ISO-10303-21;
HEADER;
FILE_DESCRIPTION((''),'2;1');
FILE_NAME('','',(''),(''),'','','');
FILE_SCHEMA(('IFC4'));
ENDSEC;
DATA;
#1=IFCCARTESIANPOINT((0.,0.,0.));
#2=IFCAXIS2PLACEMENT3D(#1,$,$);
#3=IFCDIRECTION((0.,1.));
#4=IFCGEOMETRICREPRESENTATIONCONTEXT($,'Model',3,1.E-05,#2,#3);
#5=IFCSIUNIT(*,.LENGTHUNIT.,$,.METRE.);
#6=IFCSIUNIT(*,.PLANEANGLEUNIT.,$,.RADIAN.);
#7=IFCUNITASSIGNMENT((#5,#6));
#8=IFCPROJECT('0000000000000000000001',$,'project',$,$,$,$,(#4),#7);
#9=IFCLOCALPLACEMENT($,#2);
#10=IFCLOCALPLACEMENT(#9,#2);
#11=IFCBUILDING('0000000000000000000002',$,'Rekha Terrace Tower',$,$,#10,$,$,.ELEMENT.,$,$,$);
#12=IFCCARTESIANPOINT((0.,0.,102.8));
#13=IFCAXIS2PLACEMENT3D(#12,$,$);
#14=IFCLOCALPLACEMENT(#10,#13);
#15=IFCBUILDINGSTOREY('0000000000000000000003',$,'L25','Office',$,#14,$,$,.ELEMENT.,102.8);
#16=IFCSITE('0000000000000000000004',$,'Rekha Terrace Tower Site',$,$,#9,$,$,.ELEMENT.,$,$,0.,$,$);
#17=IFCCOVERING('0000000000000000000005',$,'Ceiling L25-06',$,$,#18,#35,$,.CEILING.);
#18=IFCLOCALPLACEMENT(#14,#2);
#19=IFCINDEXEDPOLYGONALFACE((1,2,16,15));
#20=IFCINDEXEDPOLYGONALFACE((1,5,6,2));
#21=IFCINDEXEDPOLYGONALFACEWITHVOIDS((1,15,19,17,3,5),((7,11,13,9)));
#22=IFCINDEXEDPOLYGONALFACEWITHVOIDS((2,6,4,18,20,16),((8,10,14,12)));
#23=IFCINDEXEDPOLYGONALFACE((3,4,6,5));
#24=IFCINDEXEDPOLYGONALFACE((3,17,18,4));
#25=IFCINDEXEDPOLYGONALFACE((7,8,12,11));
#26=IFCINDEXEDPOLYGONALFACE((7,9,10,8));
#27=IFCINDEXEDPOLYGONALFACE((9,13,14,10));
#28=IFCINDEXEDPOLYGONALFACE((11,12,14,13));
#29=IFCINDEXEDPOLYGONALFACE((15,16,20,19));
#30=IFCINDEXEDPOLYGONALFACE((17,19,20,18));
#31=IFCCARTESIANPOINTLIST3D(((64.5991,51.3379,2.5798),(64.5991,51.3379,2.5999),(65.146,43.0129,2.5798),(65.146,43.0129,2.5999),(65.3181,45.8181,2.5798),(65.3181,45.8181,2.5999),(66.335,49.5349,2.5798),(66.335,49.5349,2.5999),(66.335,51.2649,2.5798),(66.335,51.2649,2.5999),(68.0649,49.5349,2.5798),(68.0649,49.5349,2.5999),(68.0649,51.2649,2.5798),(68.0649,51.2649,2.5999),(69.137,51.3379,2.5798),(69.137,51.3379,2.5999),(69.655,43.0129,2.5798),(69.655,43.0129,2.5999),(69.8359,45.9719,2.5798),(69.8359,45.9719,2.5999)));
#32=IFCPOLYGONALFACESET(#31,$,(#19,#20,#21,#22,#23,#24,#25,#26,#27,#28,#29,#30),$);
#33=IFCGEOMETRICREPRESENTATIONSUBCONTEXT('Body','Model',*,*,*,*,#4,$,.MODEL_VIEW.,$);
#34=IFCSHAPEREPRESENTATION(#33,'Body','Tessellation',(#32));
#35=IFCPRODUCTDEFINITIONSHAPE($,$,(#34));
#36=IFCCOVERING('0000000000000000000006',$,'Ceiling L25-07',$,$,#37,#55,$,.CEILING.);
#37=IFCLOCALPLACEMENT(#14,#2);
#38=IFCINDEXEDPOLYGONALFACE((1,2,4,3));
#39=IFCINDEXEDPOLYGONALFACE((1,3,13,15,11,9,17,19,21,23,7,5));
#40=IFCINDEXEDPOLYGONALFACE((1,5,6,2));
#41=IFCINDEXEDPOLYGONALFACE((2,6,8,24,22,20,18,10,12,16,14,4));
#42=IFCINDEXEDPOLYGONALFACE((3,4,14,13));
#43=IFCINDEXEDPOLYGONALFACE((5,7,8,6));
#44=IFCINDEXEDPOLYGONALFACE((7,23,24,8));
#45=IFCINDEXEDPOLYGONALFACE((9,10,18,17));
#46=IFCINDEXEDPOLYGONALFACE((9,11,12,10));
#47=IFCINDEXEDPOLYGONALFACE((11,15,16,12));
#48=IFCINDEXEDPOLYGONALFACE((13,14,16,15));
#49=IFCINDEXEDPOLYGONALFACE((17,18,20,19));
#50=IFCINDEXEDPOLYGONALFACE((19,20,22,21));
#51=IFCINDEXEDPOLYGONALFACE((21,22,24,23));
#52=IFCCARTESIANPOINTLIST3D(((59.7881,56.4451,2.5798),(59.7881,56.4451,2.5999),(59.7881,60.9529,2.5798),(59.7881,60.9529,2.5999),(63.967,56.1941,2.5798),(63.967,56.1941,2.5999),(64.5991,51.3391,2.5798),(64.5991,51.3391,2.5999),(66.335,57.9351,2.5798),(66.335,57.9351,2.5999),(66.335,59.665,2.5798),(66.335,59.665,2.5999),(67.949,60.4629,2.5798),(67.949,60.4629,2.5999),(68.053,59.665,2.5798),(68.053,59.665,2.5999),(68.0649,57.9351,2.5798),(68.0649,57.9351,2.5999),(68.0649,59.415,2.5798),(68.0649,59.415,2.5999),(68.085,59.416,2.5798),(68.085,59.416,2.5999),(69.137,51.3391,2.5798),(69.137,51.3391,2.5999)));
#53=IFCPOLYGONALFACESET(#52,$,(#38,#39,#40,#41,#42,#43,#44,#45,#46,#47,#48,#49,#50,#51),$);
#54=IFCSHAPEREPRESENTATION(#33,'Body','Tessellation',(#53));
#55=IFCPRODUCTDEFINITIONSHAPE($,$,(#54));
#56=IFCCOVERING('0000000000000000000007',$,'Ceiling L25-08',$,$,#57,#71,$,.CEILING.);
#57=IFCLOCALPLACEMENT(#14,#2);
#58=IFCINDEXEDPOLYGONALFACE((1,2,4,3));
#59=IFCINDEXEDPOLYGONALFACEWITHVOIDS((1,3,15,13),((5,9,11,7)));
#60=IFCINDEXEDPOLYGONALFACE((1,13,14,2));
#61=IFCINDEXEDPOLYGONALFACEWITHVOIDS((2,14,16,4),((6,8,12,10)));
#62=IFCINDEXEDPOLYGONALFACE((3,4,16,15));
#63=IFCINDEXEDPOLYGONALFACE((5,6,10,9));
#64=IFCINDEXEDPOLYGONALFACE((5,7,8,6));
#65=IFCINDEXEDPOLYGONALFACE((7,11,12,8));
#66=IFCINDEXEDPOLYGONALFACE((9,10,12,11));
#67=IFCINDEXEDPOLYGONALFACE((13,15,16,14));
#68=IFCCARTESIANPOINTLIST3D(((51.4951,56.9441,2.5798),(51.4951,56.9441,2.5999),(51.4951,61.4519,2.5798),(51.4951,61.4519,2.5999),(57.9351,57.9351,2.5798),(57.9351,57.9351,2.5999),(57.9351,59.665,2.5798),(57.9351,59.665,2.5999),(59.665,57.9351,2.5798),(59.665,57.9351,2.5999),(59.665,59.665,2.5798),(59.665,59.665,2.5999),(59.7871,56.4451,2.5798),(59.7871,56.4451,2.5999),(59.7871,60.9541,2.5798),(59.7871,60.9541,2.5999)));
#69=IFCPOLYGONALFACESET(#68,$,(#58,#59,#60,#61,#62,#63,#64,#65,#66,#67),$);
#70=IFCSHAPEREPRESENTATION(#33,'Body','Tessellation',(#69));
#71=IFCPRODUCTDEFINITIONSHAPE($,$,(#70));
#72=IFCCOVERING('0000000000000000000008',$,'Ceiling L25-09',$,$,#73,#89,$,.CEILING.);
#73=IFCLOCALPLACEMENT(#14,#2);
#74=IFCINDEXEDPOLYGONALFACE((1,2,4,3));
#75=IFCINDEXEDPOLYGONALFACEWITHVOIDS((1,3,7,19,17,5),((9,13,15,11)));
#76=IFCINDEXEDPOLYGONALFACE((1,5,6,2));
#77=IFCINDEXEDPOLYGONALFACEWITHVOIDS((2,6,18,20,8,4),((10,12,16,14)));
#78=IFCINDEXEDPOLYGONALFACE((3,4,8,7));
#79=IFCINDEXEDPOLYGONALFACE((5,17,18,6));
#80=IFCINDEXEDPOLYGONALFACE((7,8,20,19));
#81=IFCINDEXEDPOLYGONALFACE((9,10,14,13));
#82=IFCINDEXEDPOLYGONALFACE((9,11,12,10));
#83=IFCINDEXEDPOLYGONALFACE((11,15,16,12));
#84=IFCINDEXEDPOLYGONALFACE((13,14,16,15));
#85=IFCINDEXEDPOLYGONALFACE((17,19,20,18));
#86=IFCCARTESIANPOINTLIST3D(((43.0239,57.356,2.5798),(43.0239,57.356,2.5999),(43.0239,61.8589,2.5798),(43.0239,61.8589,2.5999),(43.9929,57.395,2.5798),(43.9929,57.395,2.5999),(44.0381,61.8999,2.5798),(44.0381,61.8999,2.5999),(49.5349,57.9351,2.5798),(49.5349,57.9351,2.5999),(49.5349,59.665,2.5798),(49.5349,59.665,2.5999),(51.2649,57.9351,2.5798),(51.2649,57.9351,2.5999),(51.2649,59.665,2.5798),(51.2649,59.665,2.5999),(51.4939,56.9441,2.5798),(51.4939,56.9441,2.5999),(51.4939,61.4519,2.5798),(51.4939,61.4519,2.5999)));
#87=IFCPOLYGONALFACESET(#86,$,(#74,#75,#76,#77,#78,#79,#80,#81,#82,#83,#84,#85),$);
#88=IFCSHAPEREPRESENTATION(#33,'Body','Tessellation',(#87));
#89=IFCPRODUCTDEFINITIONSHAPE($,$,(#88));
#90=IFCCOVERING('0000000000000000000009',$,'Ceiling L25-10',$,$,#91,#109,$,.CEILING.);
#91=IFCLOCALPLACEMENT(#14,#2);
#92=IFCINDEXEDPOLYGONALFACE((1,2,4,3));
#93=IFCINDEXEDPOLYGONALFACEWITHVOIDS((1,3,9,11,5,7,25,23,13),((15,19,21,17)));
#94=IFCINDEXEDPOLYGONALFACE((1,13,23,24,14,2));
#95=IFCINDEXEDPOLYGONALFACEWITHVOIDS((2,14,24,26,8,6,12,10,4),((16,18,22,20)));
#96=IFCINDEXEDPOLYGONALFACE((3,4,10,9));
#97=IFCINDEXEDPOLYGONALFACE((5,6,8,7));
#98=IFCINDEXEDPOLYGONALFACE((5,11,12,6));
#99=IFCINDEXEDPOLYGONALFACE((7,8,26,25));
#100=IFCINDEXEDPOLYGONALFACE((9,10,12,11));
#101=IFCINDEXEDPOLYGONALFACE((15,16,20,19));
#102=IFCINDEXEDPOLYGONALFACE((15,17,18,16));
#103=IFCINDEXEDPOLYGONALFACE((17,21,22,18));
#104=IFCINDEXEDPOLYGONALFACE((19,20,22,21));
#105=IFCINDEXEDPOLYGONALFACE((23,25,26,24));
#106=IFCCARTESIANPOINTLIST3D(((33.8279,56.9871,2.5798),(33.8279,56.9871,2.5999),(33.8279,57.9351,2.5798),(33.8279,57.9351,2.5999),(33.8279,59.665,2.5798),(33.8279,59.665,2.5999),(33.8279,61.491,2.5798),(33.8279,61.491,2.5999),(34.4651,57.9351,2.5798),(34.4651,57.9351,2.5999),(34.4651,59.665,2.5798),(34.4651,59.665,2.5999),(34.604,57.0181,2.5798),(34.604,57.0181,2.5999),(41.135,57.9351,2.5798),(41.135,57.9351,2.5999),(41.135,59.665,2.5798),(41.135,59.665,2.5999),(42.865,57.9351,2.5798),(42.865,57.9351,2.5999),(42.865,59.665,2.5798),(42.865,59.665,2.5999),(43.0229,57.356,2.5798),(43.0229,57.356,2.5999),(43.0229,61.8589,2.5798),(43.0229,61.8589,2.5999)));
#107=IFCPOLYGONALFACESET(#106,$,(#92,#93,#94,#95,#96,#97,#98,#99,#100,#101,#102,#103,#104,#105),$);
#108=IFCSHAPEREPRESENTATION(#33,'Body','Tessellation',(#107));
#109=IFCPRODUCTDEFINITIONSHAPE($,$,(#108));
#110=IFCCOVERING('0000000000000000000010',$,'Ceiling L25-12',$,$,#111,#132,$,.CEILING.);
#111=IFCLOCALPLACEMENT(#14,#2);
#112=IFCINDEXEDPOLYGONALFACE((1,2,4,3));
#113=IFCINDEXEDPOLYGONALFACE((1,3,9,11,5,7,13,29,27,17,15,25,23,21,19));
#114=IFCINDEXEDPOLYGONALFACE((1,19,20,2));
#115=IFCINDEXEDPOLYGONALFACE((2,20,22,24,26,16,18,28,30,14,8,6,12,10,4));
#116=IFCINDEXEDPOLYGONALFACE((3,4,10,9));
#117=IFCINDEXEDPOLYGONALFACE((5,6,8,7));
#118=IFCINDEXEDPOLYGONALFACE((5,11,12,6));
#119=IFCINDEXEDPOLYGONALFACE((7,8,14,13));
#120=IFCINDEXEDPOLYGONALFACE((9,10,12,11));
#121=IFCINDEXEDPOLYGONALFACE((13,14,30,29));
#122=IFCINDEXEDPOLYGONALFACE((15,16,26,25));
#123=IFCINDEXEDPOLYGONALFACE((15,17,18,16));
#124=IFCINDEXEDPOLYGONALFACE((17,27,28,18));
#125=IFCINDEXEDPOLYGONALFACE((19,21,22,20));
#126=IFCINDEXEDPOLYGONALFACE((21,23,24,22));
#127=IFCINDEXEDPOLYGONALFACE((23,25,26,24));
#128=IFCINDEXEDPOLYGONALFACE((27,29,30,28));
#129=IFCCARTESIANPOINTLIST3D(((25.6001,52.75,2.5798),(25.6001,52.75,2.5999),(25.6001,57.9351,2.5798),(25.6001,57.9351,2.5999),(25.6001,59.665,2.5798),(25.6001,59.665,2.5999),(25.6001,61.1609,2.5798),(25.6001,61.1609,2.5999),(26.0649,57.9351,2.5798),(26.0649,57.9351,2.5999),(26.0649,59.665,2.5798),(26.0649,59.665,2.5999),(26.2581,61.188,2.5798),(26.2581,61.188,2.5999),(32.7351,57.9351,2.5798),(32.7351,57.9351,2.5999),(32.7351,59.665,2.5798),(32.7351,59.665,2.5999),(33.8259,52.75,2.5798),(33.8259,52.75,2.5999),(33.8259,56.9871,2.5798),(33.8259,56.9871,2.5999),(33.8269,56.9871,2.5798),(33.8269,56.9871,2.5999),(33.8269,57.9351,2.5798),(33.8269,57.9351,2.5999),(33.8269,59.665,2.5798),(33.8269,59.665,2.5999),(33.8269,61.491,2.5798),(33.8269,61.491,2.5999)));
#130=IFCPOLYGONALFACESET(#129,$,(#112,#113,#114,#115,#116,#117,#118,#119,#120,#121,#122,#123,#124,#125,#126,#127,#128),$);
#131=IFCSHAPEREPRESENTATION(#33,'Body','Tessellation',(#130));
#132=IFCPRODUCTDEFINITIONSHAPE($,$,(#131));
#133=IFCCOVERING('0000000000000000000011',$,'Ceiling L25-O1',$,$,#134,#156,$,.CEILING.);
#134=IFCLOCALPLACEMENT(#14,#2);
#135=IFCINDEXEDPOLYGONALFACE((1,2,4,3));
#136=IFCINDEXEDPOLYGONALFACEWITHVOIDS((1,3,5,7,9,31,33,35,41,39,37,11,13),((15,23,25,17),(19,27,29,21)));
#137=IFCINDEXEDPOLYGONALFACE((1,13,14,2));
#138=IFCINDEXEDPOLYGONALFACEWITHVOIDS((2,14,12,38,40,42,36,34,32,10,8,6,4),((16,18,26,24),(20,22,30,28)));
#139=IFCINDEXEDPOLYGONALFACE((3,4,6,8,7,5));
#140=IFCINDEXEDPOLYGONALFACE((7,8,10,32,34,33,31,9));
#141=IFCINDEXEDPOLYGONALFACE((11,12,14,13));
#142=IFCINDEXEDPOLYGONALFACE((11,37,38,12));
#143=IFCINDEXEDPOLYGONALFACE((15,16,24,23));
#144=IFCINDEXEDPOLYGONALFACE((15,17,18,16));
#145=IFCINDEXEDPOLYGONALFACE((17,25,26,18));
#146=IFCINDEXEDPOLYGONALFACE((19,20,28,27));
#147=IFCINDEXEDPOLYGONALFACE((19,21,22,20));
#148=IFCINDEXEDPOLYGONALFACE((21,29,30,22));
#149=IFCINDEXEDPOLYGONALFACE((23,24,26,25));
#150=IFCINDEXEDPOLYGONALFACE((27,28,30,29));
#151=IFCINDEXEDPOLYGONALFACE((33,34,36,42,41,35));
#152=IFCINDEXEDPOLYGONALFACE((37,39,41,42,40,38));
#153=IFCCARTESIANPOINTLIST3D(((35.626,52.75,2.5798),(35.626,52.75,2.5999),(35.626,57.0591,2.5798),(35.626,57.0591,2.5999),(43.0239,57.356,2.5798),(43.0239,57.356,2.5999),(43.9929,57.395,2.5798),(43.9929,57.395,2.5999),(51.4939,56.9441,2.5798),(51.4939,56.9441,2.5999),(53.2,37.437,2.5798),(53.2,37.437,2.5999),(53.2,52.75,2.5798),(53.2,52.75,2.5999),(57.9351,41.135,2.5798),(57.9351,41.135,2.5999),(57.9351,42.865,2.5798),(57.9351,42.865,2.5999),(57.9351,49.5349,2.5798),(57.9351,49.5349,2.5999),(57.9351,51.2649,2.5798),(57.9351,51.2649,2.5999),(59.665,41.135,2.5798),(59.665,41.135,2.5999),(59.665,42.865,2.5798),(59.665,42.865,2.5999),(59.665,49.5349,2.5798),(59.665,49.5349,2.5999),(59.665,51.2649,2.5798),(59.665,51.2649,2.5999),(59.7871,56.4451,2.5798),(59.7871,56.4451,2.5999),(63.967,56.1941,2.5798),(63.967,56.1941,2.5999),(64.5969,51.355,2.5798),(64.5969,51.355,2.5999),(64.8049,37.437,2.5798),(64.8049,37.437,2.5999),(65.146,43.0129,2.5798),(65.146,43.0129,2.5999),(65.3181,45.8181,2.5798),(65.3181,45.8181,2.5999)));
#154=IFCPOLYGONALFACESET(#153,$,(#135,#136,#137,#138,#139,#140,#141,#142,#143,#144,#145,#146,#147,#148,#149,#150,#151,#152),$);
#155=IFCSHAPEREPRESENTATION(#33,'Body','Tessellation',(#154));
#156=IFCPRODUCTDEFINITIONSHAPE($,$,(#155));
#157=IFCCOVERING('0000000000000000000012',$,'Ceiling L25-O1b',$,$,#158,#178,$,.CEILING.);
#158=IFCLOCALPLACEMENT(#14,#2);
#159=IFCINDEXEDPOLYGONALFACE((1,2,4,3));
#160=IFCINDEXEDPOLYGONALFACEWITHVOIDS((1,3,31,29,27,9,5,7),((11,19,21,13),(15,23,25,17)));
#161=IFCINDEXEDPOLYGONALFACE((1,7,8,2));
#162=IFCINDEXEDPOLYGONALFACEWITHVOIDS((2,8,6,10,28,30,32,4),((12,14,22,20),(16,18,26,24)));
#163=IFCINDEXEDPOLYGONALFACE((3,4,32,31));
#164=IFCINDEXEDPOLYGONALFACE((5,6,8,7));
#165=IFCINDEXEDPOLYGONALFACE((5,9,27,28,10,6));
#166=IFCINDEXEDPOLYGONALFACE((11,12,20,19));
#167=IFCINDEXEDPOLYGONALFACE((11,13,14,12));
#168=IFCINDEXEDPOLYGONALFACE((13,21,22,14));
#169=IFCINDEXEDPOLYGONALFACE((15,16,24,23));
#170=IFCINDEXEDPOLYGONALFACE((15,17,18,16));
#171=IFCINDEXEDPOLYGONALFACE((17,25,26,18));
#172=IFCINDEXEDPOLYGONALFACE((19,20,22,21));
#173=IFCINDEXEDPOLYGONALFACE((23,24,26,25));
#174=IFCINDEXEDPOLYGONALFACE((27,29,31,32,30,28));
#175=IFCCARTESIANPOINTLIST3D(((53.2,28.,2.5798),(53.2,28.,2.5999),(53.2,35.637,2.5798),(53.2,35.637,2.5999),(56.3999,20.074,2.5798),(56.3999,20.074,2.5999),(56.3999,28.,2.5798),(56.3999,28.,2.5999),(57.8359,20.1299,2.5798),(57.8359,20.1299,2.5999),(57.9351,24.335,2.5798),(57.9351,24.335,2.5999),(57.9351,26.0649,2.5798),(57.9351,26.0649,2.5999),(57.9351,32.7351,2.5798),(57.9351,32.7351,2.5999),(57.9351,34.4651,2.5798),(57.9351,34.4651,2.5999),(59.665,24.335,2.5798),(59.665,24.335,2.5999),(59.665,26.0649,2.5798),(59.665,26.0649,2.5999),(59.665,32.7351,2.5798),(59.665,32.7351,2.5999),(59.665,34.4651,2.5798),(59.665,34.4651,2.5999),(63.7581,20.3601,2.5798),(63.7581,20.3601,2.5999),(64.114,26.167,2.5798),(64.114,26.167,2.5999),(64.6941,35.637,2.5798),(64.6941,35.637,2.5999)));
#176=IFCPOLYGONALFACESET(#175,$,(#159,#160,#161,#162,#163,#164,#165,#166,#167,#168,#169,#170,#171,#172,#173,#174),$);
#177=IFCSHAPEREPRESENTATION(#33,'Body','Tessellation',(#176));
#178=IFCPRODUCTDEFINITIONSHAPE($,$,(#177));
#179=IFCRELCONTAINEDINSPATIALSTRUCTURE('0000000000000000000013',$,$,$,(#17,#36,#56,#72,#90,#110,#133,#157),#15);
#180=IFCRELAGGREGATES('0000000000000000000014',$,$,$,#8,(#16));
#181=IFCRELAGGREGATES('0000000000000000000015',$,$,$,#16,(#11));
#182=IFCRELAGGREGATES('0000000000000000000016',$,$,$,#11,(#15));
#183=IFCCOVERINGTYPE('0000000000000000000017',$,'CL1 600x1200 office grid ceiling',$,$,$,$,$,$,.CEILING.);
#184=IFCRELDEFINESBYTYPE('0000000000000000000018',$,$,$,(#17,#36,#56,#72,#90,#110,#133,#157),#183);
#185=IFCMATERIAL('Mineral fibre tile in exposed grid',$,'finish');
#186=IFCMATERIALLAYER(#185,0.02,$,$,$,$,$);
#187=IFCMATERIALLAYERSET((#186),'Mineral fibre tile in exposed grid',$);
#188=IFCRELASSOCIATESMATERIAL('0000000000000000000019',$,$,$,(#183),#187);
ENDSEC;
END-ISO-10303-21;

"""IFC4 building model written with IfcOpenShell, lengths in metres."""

from ifc_helpers import new_model, si_unit, direction, frame, origin, place, context, subcontext, project, spatial, polyline, outline, extrude, material, layer, layer_set, type_object, element, save


model = new_model("IFC4")

# Units and contexts
model_context = context("Model", 3, precision=1e-05, world=origin(), true_north=direction((0.0, 1.0)))
body_context = subcontext(model_context, "Body", "Model", "MODEL_VIEW")
ifc_project = project(units=[si_unit("LENGTHUNIT", "METRE"), si_unit("PLANEANGLEUNIT", "RADIAN")], contexts=[model_context])

# Site, building, storey
site_placement = place(None, origin())
site = spatial("IfcSite", under=ifc_project, at=site_placement, Name="Rekha Terrace Tower Site", CompositionType="ELEMENT", RefElevation=0.0)
building_placement = place(site_placement, origin())
building = spatial("IfcBuilding", under=site, at=building_placement, Name="Rekha Terrace Tower", CompositionType="ELEMENT")
storey_placement = place(building_placement, frame((0.0, 0.0, 102.8)))
storey = spatial("IfcBuildingStorey", under=building, at=storey_placement, Name="L25", Description="Office", CompositionType="ELEMENT", Elevation=102.8)

# Coverings
ifc_material_1 = material(Name="Mineral fibre tile in exposed grid", Category="finish")
ifc_layer_1 = layer(ifc_material_1, 0.02)
ifc_layer_set_1 = layer_set([ifc_layer_1], Name="Mineral fibre tile in exposed grid")
covering_type_1 = type_object("IfcCoveringType", Name="CL1 600x1200 office grid ceiling", PredefinedType="CEILING", material=ifc_layer_set_1)
covering_1_placement = place(storey_placement, frame((0.0, 0.0, 2.5798)))
element("IfcCovering", 1, at=covering_1_placement, inside=storey, type_object=covering_type_1, Name="Ceiling L25-06", PredefinedType="CEILING", context=body_context, shape_type="SweptSolid", body=[
    extrude(outline(polyline([(69.8359, 45.9719), (69.137, 51.3379), (64.5991, 51.3379), (65.3181, 45.8181), (65.146, 43.0129), (69.655, 43.0129), (69.8359, 45.9719)]), holes=[polyline([(68.0649, 49.5349), (66.335, 49.5349), (66.335, 51.2649), (68.0649, 51.2649), (68.0649, 49.5349)])]), origin(), (0.0, 0.0, 1.0), 0.02),
])
covering_2_placement = place(storey_placement, frame((0.0, 0.0, 2.5798)))
element("IfcCovering", 2, at=covering_2_placement, inside=storey, type_object=covering_type_1, Name="Ceiling L25-07", PredefinedType="CEILING", context=body_context, shape_type="SweptSolid", body=[
    extrude(outline(polyline([(67.949, 60.4629), (59.7881, 60.9529), (59.7881, 56.4451), (63.967, 56.1941), (64.5991, 51.3391), (69.137, 51.3391), (68.085, 59.416), (68.0649, 59.415), (68.0649, 57.9351), (66.335, 57.9351), (66.335, 59.665), (68.053, 59.665), (67.949, 60.4629)])), origin(), (0.0, 0.0, 1.0), 0.02),
])
covering_3_placement = place(storey_placement, frame((0.0, 0.0, 2.5798)))
element("IfcCovering", 3, at=covering_3_placement, inside=storey, type_object=covering_type_1, Name="Ceiling L25-08", PredefinedType="CEILING", context=body_context, shape_type="SweptSolid", body=[
    extrude(outline(polyline([(59.7871, 56.4451), (59.7871, 60.9541), (51.4951, 61.4519), (51.4951, 56.9441), (59.7871, 56.4451)]), holes=[polyline([(59.665, 57.9351), (57.9351, 57.9351), (57.9351, 59.665), (59.665, 59.665), (59.665, 57.9351)])]), origin(), (0.0, 0.0, 1.0), 0.02),
])
covering_4_placement = place(storey_placement, frame((0.0, 0.0, 2.5798)))
element("IfcCovering", 4, at=covering_4_placement, inside=storey, type_object=covering_type_1, Name="Ceiling L25-09", PredefinedType="CEILING", context=body_context, shape_type="SweptSolid", body=[
    extrude(outline(polyline([(44.0381, 61.8999), (43.0239, 61.8589), (43.0239, 57.356), (43.9929, 57.395), (51.4939, 56.9441), (51.4939, 61.4519), (44.0381, 61.8999)]), holes=[polyline([(51.2649, 57.9351), (49.5349, 57.9351), (49.5349, 59.665), (51.2649, 59.665), (51.2649, 57.9351)])]), origin(), (0.0, 0.0, 1.0), 0.02),
])
covering_5_placement = place(storey_placement, frame((0.0, 0.0, 2.5798)))
element("IfcCovering", 5, at=covering_5_placement, inside=storey, type_object=covering_type_1, Name="Ceiling L25-10", PredefinedType="CEILING", context=body_context, shape_type="SweptSolid", body=[
    extrude(outline(polyline([(34.4651, 57.9351), (33.8279, 57.9351), (33.8279, 56.9871), (34.604, 57.0181), (43.0229, 57.356), (43.0229, 61.8589), (33.8279, 61.491), (33.8279, 59.665), (34.4651, 59.665), (34.4651, 57.9351)]), holes=[polyline([(42.865, 57.9351), (41.135, 57.9351), (41.135, 59.665), (42.865, 59.665), (42.865, 57.9351)])]), origin(), (0.0, 0.0, 1.0), 0.02),
])
covering_6_placement = place(storey_placement, frame((0.0, 0.0, 2.5798)))
element("IfcCovering", 6, at=covering_6_placement, inside=storey, type_object=covering_type_1, Name="Ceiling L25-12", PredefinedType="CEILING", context=body_context, shape_type="SweptSolid", body=[
    extrude(outline(polyline([(25.6001, 52.75), (33.8259, 52.75), (33.8259, 56.9871), (33.8269, 56.9871), (33.8269, 57.9351), (32.7351, 57.9351), (32.7351, 59.665), (33.8269, 59.665), (33.8269, 61.491), (26.2581, 61.188), (25.6001, 61.1609), (25.6001, 59.665), (26.0649, 59.665), (26.0649, 57.9351), (25.6001, 57.9351), (25.6001, 52.75)])), origin(), (0.0, 0.0, 1.0), 0.02),
])
covering_7_placement = place(storey_placement, frame((0.0, 0.0, 2.5798)))
element("IfcCovering", 7, at=covering_7_placement, inside=storey, type_object=covering_type_1, Name="Ceiling L25-O1", PredefinedType="CEILING", context=body_context, shape_type="SweptSolid", body=[
    extrude(outline(polyline([(43.9929, 57.395), (43.0239, 57.356), (35.626, 57.0591), (35.626, 52.75), (53.2, 52.75), (53.2, 37.437), (64.8049, 37.437), (65.146, 43.0129), (65.3181, 45.8181), (64.5969, 51.355), (63.967, 56.1941), (59.7871, 56.4451), (51.4939, 56.9441), (43.9929, 57.395)]), holes=[polyline([(59.665, 41.135), (57.9351, 41.135), (57.9351, 42.865), (59.665, 42.865), (59.665, 41.135)]), polyline([(59.665, 49.5349), (57.9351, 49.5349), (57.9351, 51.2649), (59.665, 51.2649), (59.665, 49.5349)])]), origin(), (0.0, 0.0, 1.0), 0.02),
])
covering_8_placement = place(storey_placement, frame((0.0, 0.0, 2.5798)))
element("IfcCovering", 8, at=covering_8_placement, inside=storey, type_object=covering_type_1, Name="Ceiling L25-O1b", PredefinedType="CEILING", context=body_context, shape_type="SweptSolid", body=[
    extrude(outline(polyline([(56.3999, 20.074), (57.8359, 20.1299), (63.7581, 20.3601), (64.114, 26.167), (64.6941, 35.637), (53.2, 35.637), (53.2, 28.0), (56.3999, 28.0), (56.3999, 20.074)]), holes=[polyline([(59.665, 26.0649), (59.665, 24.335), (57.9351, 24.335), (57.9351, 26.0649), (59.665, 26.0649)]), polyline([(59.665, 32.7351), (57.9351, 32.7351), (57.9351, 34.4651), (59.665, 34.4651), (59.665, 32.7351)])]), origin(), (0.0, 0.0, 1.0), 0.02),
])

save(model, "model.ifc")
